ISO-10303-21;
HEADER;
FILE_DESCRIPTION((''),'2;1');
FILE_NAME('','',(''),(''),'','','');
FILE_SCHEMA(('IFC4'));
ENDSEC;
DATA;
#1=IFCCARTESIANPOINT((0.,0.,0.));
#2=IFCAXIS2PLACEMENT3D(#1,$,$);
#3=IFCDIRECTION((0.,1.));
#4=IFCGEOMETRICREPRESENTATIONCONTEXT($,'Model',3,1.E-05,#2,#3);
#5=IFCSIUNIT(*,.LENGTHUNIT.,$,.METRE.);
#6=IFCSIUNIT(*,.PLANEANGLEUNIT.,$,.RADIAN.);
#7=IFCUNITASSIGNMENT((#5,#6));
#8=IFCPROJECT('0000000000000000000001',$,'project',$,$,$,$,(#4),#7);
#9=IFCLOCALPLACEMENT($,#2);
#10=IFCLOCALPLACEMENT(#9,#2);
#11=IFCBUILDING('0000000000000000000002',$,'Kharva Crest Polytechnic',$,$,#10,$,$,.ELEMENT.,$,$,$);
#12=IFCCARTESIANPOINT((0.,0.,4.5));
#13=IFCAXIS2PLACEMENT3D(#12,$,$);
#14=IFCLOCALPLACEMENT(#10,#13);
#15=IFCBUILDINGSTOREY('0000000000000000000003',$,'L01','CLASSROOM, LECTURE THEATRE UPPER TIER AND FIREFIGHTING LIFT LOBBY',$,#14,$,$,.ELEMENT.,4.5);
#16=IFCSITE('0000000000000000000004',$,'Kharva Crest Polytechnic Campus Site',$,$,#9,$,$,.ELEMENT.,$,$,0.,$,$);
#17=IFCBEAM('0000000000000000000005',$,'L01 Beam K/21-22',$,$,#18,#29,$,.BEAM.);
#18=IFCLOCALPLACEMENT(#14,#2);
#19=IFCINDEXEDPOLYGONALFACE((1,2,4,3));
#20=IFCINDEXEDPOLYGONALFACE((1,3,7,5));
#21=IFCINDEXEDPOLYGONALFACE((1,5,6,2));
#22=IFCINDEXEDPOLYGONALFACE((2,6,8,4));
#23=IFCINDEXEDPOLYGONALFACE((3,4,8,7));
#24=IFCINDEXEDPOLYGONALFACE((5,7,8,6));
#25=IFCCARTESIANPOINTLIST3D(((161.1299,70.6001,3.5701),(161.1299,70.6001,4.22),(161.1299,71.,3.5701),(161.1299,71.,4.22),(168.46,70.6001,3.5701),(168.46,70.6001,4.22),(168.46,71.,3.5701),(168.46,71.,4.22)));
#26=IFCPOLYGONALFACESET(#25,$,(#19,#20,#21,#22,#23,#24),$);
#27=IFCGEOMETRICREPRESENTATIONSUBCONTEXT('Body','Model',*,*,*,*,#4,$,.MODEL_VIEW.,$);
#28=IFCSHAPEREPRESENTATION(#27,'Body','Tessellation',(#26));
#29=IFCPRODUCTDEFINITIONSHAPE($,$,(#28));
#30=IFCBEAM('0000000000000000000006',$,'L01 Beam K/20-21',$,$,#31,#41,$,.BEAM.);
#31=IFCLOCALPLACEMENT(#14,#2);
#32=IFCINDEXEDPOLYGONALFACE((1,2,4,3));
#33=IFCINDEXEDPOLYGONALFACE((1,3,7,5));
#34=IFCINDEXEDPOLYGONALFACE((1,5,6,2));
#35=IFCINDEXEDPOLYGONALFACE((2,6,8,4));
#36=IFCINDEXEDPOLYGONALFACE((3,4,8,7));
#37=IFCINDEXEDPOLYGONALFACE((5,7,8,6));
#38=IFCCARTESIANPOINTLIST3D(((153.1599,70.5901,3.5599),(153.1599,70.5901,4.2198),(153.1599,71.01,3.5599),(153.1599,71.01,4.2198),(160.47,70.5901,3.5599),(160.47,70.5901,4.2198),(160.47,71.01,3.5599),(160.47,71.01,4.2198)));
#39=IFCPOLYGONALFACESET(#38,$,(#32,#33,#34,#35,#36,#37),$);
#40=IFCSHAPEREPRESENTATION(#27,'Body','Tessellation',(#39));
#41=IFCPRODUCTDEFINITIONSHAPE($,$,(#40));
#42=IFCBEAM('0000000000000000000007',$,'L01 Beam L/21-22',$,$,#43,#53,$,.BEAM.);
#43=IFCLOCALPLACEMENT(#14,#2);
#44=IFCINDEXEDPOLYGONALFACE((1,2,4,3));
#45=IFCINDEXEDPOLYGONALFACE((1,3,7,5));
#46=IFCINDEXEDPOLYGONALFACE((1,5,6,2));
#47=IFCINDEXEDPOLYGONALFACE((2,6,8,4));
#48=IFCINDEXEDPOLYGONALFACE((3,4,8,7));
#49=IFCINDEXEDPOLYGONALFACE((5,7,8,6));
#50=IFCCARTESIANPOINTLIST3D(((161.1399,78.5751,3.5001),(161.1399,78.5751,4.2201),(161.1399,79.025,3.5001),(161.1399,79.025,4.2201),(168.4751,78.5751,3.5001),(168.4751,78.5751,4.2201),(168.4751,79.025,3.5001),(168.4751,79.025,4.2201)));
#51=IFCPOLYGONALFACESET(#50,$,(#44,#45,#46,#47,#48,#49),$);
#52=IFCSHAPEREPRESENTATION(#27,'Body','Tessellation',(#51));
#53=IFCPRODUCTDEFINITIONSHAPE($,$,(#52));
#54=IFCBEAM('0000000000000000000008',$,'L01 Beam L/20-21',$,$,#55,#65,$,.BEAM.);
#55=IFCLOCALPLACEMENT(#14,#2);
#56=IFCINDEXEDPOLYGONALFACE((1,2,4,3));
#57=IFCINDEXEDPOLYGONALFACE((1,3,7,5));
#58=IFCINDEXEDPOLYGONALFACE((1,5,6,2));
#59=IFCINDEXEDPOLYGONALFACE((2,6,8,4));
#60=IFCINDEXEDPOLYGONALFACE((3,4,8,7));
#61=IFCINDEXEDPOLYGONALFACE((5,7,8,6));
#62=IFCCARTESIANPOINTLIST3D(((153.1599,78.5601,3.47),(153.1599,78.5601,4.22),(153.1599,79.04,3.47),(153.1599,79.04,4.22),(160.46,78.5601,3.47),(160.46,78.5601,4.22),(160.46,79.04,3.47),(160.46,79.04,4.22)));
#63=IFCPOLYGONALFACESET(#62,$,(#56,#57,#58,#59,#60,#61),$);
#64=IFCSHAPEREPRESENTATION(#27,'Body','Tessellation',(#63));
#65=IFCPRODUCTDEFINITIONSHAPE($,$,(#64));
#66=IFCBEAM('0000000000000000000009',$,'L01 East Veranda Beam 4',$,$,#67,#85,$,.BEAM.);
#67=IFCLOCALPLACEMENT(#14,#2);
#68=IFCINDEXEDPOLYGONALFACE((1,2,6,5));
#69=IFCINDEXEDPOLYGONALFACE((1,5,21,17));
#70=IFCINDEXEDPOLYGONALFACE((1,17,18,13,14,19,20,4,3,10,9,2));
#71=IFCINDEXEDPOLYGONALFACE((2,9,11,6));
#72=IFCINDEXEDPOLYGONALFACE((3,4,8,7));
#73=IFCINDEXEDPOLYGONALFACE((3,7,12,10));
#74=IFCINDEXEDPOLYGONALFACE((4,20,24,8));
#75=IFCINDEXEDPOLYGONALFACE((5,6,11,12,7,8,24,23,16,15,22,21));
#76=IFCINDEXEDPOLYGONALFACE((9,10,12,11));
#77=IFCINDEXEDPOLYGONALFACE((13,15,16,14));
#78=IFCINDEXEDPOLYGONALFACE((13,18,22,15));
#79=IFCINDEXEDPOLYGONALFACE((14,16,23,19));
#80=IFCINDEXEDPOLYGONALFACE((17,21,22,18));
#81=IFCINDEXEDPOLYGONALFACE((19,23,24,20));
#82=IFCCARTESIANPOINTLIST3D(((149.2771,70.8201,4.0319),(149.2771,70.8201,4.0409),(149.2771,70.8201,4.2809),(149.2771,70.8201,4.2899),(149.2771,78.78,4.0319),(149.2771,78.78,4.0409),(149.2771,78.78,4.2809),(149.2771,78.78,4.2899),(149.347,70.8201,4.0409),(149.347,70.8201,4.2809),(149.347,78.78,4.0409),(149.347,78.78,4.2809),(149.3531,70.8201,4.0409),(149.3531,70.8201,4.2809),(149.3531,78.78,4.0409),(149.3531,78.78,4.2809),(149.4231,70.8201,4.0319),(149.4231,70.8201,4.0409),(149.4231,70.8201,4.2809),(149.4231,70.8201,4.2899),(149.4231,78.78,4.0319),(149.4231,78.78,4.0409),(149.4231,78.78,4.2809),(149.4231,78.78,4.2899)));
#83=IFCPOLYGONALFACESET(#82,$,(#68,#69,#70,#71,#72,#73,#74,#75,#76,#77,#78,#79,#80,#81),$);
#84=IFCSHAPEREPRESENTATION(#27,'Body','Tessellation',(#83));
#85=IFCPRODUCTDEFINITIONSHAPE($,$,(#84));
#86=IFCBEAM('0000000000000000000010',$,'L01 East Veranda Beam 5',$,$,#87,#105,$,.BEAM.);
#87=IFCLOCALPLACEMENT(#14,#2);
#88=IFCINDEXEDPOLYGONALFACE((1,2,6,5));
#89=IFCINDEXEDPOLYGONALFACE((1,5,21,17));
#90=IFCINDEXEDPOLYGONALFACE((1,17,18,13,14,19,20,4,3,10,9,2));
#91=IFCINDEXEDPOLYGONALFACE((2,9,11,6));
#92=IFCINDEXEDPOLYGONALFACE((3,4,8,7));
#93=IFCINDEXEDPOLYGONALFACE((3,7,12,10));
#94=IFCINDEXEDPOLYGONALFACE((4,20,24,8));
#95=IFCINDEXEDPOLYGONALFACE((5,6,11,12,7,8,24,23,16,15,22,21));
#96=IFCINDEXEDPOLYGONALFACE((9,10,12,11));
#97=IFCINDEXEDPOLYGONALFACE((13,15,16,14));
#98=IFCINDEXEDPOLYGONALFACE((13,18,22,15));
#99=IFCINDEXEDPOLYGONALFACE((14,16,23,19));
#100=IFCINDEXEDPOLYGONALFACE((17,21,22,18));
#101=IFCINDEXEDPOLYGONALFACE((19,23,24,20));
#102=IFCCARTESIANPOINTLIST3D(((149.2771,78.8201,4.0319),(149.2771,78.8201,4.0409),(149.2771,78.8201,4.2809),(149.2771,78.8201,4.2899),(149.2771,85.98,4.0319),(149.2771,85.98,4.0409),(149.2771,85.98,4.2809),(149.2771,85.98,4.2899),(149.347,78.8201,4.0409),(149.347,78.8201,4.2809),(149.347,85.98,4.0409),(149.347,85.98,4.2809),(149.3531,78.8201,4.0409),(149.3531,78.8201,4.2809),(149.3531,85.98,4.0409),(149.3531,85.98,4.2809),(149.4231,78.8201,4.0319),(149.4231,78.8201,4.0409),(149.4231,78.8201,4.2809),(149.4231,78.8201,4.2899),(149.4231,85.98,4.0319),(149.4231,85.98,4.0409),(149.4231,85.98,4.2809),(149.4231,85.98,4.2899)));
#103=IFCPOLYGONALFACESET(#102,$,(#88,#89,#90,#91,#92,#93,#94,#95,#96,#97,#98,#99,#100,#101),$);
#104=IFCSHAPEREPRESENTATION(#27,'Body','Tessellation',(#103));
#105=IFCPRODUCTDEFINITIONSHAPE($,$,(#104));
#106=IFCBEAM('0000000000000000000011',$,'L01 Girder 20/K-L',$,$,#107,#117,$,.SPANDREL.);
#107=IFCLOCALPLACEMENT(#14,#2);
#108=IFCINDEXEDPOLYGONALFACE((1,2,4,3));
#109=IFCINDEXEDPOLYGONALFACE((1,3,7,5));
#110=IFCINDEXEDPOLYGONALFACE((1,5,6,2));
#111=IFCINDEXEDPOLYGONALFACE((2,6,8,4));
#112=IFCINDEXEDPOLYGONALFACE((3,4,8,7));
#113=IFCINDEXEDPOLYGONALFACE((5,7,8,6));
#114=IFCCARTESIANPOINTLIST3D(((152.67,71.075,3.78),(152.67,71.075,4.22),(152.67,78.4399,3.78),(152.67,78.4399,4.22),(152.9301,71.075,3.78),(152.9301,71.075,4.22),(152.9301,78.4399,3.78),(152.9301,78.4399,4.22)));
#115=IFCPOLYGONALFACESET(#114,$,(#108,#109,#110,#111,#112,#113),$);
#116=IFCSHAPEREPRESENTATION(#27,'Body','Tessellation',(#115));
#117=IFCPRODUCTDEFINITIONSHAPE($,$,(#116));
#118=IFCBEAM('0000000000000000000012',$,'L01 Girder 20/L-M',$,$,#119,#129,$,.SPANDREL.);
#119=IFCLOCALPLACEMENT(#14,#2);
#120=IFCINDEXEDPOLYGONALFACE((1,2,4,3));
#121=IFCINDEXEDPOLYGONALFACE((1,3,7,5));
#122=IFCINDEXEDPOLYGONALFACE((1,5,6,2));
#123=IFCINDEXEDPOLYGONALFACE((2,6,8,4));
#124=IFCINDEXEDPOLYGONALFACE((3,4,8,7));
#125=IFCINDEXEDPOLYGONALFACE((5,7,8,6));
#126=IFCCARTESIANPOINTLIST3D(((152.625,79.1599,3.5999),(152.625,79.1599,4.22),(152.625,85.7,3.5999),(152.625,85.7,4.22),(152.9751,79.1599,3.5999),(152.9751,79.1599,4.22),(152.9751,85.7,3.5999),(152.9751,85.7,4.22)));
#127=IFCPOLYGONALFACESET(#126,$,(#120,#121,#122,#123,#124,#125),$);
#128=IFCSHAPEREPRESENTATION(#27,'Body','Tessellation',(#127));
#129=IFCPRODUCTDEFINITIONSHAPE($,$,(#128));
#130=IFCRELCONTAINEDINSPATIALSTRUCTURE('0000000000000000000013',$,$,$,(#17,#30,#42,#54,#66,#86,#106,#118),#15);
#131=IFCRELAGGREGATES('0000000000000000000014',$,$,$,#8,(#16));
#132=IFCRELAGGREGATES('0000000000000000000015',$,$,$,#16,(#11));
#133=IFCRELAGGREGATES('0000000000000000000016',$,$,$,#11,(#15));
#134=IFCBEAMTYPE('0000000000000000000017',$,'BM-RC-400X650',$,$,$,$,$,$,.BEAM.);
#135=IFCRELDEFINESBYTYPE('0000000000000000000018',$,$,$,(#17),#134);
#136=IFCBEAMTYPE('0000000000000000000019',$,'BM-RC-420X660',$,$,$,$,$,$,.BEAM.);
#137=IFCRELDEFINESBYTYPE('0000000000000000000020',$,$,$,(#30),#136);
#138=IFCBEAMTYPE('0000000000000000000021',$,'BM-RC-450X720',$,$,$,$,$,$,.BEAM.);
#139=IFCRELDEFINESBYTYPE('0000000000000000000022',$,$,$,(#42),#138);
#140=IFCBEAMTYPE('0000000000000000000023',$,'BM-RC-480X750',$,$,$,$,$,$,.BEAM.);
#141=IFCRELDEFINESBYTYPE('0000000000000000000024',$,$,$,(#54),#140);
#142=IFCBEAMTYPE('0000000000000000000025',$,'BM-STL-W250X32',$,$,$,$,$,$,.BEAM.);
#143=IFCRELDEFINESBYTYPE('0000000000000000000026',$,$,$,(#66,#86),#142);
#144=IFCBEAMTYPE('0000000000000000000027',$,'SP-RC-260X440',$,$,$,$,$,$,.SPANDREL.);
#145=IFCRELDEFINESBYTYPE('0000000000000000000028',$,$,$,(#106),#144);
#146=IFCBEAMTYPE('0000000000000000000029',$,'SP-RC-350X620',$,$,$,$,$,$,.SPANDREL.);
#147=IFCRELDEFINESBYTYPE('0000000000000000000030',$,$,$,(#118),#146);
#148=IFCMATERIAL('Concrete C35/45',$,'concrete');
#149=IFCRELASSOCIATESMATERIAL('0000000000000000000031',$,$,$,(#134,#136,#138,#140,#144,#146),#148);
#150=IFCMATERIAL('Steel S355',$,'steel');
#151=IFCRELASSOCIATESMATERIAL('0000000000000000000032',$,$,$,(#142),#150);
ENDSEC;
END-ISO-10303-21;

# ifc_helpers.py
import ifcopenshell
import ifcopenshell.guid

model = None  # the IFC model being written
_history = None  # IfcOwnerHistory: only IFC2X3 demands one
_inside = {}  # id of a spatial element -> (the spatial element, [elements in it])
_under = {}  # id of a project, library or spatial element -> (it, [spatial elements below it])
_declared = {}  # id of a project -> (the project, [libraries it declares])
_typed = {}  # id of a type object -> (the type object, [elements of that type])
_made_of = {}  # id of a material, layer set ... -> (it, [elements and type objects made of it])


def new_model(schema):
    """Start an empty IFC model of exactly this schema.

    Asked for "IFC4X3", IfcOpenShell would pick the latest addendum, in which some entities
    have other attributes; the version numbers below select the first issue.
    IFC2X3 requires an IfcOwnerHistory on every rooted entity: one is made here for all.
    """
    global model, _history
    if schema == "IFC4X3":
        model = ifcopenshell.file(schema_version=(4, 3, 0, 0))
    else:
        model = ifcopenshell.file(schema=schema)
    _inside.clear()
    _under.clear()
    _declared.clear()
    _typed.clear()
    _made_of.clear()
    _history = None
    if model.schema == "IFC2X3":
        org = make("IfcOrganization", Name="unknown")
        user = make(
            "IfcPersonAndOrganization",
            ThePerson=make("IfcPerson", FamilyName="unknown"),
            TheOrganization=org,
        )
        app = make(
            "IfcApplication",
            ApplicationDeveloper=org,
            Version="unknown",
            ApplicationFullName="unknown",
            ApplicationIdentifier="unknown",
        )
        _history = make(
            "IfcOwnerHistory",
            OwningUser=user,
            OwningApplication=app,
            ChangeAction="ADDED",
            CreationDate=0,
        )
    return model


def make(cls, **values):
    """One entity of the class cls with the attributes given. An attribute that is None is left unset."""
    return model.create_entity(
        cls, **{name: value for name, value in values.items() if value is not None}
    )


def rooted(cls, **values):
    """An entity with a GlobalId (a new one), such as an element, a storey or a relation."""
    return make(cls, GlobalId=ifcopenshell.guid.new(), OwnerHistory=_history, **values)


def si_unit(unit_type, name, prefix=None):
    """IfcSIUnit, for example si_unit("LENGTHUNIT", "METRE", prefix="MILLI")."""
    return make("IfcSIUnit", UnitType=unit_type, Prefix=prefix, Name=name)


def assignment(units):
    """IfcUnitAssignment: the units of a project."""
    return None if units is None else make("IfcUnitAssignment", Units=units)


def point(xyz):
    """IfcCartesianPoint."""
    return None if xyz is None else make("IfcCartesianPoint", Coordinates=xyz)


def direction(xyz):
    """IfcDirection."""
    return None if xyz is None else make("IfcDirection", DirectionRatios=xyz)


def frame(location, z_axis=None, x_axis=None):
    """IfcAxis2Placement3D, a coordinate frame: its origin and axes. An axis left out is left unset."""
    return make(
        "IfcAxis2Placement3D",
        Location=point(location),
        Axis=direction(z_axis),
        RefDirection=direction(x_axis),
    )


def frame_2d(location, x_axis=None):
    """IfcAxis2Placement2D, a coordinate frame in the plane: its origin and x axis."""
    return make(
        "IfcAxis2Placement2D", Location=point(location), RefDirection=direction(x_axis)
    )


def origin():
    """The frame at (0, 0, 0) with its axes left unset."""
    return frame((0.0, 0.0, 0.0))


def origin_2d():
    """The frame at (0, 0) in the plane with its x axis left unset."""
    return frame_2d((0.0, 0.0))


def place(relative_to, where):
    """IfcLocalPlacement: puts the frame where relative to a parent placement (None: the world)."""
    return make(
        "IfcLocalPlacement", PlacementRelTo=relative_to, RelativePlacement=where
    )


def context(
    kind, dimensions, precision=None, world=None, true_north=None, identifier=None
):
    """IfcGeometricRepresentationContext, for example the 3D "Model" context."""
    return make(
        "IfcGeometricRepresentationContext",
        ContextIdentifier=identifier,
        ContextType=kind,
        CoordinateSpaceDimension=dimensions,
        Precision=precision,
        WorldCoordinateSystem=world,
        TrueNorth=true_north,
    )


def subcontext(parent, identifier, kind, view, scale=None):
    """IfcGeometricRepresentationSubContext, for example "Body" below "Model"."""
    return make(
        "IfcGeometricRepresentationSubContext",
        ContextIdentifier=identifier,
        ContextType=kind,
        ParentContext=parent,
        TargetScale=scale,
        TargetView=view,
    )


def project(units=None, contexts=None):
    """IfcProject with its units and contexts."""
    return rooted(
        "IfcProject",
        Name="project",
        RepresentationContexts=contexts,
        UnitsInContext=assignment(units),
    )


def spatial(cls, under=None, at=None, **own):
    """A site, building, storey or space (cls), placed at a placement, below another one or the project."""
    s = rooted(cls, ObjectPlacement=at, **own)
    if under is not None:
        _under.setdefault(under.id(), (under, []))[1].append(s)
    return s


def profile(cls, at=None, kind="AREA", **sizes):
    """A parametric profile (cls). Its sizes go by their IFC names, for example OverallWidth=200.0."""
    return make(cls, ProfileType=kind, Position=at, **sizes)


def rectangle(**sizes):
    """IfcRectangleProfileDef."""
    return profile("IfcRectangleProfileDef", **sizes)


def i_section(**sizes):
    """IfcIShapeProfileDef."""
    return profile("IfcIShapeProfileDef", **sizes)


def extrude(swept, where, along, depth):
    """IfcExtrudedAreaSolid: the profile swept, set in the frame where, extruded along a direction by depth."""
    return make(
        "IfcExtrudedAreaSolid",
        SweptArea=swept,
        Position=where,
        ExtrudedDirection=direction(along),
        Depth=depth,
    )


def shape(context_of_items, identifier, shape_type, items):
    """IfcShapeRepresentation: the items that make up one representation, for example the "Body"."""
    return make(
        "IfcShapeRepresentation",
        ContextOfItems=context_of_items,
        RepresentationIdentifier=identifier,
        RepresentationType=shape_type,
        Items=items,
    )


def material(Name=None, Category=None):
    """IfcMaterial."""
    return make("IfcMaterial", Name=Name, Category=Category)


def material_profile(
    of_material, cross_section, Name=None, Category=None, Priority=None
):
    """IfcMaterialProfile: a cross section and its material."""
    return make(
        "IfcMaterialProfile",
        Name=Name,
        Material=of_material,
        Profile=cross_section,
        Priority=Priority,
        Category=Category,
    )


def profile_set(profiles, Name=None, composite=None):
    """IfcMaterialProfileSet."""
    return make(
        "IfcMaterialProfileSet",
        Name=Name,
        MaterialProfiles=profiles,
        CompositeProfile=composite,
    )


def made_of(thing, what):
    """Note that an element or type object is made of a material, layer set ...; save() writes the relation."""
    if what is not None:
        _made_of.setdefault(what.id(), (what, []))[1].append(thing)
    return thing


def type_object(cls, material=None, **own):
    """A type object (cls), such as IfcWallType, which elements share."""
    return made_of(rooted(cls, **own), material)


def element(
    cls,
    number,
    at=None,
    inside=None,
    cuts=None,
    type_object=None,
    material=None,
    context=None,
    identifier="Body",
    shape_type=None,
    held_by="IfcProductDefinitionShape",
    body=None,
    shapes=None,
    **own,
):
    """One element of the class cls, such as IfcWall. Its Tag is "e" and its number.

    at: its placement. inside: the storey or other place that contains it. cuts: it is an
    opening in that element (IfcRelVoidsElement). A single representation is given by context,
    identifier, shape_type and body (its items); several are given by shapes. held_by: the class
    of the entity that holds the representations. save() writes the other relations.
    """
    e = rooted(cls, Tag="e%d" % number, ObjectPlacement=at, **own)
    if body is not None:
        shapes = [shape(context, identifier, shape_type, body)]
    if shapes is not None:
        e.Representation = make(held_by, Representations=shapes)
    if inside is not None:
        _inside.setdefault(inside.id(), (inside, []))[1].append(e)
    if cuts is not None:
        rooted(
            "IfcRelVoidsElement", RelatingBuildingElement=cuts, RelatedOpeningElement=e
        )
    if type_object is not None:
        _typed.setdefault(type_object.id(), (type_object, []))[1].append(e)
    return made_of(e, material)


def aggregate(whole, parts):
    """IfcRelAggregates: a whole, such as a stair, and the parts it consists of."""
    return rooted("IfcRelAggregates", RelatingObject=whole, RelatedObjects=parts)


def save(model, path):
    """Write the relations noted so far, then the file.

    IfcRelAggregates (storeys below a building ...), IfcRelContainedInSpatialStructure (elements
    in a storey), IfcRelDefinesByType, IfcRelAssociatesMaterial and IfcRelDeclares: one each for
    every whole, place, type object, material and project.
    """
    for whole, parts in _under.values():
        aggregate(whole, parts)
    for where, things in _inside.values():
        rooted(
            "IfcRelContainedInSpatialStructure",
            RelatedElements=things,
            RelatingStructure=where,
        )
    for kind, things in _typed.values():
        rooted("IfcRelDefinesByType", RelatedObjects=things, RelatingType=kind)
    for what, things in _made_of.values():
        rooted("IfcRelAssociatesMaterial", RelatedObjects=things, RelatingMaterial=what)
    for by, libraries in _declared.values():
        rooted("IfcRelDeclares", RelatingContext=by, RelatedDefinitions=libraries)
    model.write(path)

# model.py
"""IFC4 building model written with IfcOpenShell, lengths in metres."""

from ifc_helpers import new_model, si_unit, direction, frame, origin, origin_2d, place, context, subcontext, project, spatial, rectangle, i_section, extrude, material, material_profile, profile_set, type_object, element, save


model = new_model("IFC4")

# Units and contexts
model_context = context("Model", 3, precision=1e-05, world=origin(), true_north=direction((0.0, 1.0)))
body_context = subcontext(model_context, "Body", "Model", "MODEL_VIEW")
ifc_project = project(units=[si_unit("LENGTHUNIT", "METRE"), si_unit("PLANEANGLEUNIT", "RADIAN")], contexts=[model_context])

# Site, building, storey
site_placement = place(None, origin())
site = spatial("IfcSite", under=ifc_project, at=site_placement, Name="Kharva Crest Polytechnic Campus Site", CompositionType="ELEMENT", RefElevation=0.0)
building_placement = place(site_placement, origin())
building = spatial("IfcBuilding", under=site, at=building_placement, Name="Kharva Crest Polytechnic", CompositionType="ELEMENT")
storey_placement = place(building_placement, frame((0.0, 0.0, 4.5)))
storey = spatial("IfcBuildingStorey", under=building, at=storey_placement, Name="L01", Description="CLASSROOM, LECTURE THEATRE UPPER TIER AND FIREFIGHTING LIFT LOBBY", CompositionType="ELEMENT", Elevation=4.5)

# Shared definitions
ifc_material_1 = material(Name="Steel S355", Category="steel")

# Beams
ifc_material_2 = material(Name="Concrete C35/45", Category="concrete")
ifc_material_profile_1 = material_profile(ifc_material_2, rectangle(XDim=0.3999, YDim=0.6499, at=origin_2d()), Name="RECT 400 X 650")
ifc_profile_set_1 = profile_set([ifc_material_profile_1], Name="Concrete C35/45")
beam_type_1 = type_object("IfcBeamType", Name="BM-RC-400X650", PredefinedType="BEAM", material=ifc_profile_set_1)
beam_1_placement = place(storey_placement, frame((161.1299, 70.8, 3.895), z_axis=(1.0, 0.0, 0.0), x_axis=(0.0, 1.0, 0.0)))
element("IfcBeam", 1, at=beam_1_placement, inside=storey, type_object=beam_type_1, Name="L01 Beam K/21-22", PredefinedType="BEAM", context=body_context, shape_type="SweptSolid", body=[
    extrude(rectangle(XDim=0.3999, YDim=0.6499, at=origin_2d()), origin(), (0.0, 0.0, 1.0), 7.3301),
])
ifc_material_profile_2 = material_profile(ifc_material_2, rectangle(XDim=0.4199, YDim=0.6599, at=origin_2d()), Name="RECT 420 X 660")
ifc_profile_set_2 = profile_set([ifc_material_profile_2], Name="Concrete C35/45")
beam_type_2 = type_object("IfcBeamType", Name="BM-RC-420X660", PredefinedType="BEAM", material=ifc_profile_set_2)
beam_2_placement = place(storey_placement, frame((153.1599, 70.8, 3.8899), z_axis=(1.0, 0.0, 0.0), x_axis=(0.0, 1.0, 0.0)))
element("IfcBeam", 2, at=beam_2_placement, inside=storey, type_object=beam_type_2, Name="L01 Beam K/20-21", PredefinedType="BEAM", context=body_context, shape_type="SweptSolid", body=[
    extrude(rectangle(XDim=0.4199, YDim=0.6599, at=origin_2d()), origin(), (0.0, 0.0, 1.0), 7.3101),
])
ifc_material_profile_3 = material_profile(ifc_material_2, rectangle(XDim=0.45, YDim=0.72, at=origin_2d()), Name="RECT 450 X 720")
ifc_profile_set_3 = profile_set([ifc_material_profile_3], Name="Concrete C35/45")
beam_type_3 = type_object("IfcBeamType", Name="BM-RC-450X720", PredefinedType="BEAM", material=ifc_profile_set_3)
beam_3_placement = place(storey_placement, frame((161.1399, 78.8, 3.8601), z_axis=(1.0, 0.0, 0.0), x_axis=(0.0, 1.0, 0.0)))
element("IfcBeam", 3, at=beam_3_placement, inside=storey, type_object=beam_type_3, Name="L01 Beam L/21-22", PredefinedType="BEAM", context=body_context, shape_type="SweptSolid", body=[
    extrude(rectangle(XDim=0.45, YDim=0.72, at=origin_2d()), origin(), (0.0, 0.0, 1.0), 7.3352),
])
ifc_material_profile_4 = material_profile(ifc_material_2, rectangle(XDim=0.48, YDim=0.75, at=origin_2d()), Name="RECT 480 X 750")
ifc_profile_set_4 = profile_set([ifc_material_profile_4], Name="Concrete C35/45")
beam_type_4 = type_object("IfcBeamType", Name="BM-RC-480X750", PredefinedType="BEAM", material=ifc_profile_set_4)
beam_4_placement = place(storey_placement, frame((153.1599, 78.8, 3.845), z_axis=(1.0, 0.0, 0.0), x_axis=(0.0, 1.0, 0.0)))
element("IfcBeam", 4, at=beam_4_placement, inside=storey, type_object=beam_type_4, Name="L01 Beam L/20-21", PredefinedType="BEAM", context=body_context, shape_type="SweptSolid", body=[
    extrude(rectangle(XDim=0.48, YDim=0.75, at=origin_2d()), origin(), (0.0, 0.0, 1.0), 7.3),
])
ifc_material_profile_5 = material_profile(ifc_material_1, i_section(OverallWidth=0.146, OverallDepth=0.2581, WebThickness=0.0061, FlangeThickness=0.009, at=origin_2d()), Name="W250X32.7")
ifc_profile_set_5 = profile_set([ifc_material_profile_5], Name="Steel S355")
beam_type_5 = type_object("IfcBeamType", Name="BM-STL-W250X32", PredefinedType="BEAM", material=ifc_profile_set_5)
beam_5_placement = place(storey_placement, frame((149.3501, 70.8201, 4.1609), z_axis=(0.0, 1.0, 0.0), x_axis=(-1.0, 0.0, 0.0)))
element("IfcBeam", 5, at=beam_5_placement, inside=storey, type_object=beam_type_5, Name="L01 East Veranda Beam 4", PredefinedType="BEAM", context=body_context, shape_type="SweptSolid", body=[
    extrude(i_section(OverallWidth=0.146, OverallDepth=0.2581, WebThickness=0.0061, FlangeThickness=0.009, at=origin_2d()), origin(), (0.0, 0.0, 1.0), 7.96),
])
beam_6_placement = place(storey_placement, frame((149.3501, 78.8201, 4.1609), z_axis=(0.0, 1.0, 0.0), x_axis=(-1.0, 0.0, 0.0)))
element("IfcBeam", 6, at=beam_6_placement, inside=storey, type_object=beam_type_5, Name="L01 East Veranda Beam 5", PredefinedType="BEAM", context=body_context, shape_type="SweptSolid", body=[
    extrude(i_section(OverallWidth=0.146, OverallDepth=0.2581, WebThickness=0.0061, FlangeThickness=0.009, at=origin_2d()), origin(), (0.0, 0.0, 1.0), 7.1599),
])
ifc_material_profile_6 = material_profile(ifc_material_2, rectangle(XDim=0.26, YDim=0.4399, at=origin_2d()), Name="RECT 260 X 440")
ifc_profile_set_6 = profile_set([ifc_material_profile_6], Name="Concrete C35/45")
beam_type_6 = type_object("IfcBeamType", Name="SP-RC-260X440", PredefinedType="SPANDREL", material=ifc_profile_set_6)
beam_7_placement = place(storey_placement, frame((152.8, 71.075, 4.0), z_axis=(0.0, 1.0, 0.0), x_axis=(-1.0, 0.0, 0.0)))
element("IfcBeam", 7, at=beam_7_placement, inside=storey, type_object=beam_type_6, Name="L01 Girder 20/K-L", PredefinedType="SPANDREL", context=body_context, shape_type="SweptSolid", body=[
    extrude(rectangle(XDim=0.26, YDim=0.4399, at=origin_2d()), origin(), (0.0, 0.0, 1.0), 7.365),
])
ifc_material_profile_7 = material_profile(ifc_material_2, rectangle(XDim=0.3501, YDim=0.6201, at=origin_2d()), Name="RECT 350 X 620")
ifc_profile_set_7 = profile_set([ifc_material_profile_7], Name="Concrete C35/45")
beam_type_7 = type_object("IfcBeamType", Name="SP-RC-350X620", PredefinedType="SPANDREL", material=ifc_profile_set_7)
beam_8_placement = place(storey_placement, frame((152.8, 79.1599, 3.9099), z_axis=(0.0, 1.0, 0.0), x_axis=(-1.0, 0.0, 0.0)))
element("IfcBeam", 8, at=beam_8_placement, inside=storey, type_object=beam_type_7, Name="L01 Girder 20/L-M", PredefinedType="SPANDREL", context=body_context, shape_type="SweptSolid", body=[
    extrude(rectangle(XDim=0.3501, YDim=0.6201, at=origin_2d()), origin(), (0.0, 0.0, 1.0), 6.54),
])

save(model, "model.ifc")
